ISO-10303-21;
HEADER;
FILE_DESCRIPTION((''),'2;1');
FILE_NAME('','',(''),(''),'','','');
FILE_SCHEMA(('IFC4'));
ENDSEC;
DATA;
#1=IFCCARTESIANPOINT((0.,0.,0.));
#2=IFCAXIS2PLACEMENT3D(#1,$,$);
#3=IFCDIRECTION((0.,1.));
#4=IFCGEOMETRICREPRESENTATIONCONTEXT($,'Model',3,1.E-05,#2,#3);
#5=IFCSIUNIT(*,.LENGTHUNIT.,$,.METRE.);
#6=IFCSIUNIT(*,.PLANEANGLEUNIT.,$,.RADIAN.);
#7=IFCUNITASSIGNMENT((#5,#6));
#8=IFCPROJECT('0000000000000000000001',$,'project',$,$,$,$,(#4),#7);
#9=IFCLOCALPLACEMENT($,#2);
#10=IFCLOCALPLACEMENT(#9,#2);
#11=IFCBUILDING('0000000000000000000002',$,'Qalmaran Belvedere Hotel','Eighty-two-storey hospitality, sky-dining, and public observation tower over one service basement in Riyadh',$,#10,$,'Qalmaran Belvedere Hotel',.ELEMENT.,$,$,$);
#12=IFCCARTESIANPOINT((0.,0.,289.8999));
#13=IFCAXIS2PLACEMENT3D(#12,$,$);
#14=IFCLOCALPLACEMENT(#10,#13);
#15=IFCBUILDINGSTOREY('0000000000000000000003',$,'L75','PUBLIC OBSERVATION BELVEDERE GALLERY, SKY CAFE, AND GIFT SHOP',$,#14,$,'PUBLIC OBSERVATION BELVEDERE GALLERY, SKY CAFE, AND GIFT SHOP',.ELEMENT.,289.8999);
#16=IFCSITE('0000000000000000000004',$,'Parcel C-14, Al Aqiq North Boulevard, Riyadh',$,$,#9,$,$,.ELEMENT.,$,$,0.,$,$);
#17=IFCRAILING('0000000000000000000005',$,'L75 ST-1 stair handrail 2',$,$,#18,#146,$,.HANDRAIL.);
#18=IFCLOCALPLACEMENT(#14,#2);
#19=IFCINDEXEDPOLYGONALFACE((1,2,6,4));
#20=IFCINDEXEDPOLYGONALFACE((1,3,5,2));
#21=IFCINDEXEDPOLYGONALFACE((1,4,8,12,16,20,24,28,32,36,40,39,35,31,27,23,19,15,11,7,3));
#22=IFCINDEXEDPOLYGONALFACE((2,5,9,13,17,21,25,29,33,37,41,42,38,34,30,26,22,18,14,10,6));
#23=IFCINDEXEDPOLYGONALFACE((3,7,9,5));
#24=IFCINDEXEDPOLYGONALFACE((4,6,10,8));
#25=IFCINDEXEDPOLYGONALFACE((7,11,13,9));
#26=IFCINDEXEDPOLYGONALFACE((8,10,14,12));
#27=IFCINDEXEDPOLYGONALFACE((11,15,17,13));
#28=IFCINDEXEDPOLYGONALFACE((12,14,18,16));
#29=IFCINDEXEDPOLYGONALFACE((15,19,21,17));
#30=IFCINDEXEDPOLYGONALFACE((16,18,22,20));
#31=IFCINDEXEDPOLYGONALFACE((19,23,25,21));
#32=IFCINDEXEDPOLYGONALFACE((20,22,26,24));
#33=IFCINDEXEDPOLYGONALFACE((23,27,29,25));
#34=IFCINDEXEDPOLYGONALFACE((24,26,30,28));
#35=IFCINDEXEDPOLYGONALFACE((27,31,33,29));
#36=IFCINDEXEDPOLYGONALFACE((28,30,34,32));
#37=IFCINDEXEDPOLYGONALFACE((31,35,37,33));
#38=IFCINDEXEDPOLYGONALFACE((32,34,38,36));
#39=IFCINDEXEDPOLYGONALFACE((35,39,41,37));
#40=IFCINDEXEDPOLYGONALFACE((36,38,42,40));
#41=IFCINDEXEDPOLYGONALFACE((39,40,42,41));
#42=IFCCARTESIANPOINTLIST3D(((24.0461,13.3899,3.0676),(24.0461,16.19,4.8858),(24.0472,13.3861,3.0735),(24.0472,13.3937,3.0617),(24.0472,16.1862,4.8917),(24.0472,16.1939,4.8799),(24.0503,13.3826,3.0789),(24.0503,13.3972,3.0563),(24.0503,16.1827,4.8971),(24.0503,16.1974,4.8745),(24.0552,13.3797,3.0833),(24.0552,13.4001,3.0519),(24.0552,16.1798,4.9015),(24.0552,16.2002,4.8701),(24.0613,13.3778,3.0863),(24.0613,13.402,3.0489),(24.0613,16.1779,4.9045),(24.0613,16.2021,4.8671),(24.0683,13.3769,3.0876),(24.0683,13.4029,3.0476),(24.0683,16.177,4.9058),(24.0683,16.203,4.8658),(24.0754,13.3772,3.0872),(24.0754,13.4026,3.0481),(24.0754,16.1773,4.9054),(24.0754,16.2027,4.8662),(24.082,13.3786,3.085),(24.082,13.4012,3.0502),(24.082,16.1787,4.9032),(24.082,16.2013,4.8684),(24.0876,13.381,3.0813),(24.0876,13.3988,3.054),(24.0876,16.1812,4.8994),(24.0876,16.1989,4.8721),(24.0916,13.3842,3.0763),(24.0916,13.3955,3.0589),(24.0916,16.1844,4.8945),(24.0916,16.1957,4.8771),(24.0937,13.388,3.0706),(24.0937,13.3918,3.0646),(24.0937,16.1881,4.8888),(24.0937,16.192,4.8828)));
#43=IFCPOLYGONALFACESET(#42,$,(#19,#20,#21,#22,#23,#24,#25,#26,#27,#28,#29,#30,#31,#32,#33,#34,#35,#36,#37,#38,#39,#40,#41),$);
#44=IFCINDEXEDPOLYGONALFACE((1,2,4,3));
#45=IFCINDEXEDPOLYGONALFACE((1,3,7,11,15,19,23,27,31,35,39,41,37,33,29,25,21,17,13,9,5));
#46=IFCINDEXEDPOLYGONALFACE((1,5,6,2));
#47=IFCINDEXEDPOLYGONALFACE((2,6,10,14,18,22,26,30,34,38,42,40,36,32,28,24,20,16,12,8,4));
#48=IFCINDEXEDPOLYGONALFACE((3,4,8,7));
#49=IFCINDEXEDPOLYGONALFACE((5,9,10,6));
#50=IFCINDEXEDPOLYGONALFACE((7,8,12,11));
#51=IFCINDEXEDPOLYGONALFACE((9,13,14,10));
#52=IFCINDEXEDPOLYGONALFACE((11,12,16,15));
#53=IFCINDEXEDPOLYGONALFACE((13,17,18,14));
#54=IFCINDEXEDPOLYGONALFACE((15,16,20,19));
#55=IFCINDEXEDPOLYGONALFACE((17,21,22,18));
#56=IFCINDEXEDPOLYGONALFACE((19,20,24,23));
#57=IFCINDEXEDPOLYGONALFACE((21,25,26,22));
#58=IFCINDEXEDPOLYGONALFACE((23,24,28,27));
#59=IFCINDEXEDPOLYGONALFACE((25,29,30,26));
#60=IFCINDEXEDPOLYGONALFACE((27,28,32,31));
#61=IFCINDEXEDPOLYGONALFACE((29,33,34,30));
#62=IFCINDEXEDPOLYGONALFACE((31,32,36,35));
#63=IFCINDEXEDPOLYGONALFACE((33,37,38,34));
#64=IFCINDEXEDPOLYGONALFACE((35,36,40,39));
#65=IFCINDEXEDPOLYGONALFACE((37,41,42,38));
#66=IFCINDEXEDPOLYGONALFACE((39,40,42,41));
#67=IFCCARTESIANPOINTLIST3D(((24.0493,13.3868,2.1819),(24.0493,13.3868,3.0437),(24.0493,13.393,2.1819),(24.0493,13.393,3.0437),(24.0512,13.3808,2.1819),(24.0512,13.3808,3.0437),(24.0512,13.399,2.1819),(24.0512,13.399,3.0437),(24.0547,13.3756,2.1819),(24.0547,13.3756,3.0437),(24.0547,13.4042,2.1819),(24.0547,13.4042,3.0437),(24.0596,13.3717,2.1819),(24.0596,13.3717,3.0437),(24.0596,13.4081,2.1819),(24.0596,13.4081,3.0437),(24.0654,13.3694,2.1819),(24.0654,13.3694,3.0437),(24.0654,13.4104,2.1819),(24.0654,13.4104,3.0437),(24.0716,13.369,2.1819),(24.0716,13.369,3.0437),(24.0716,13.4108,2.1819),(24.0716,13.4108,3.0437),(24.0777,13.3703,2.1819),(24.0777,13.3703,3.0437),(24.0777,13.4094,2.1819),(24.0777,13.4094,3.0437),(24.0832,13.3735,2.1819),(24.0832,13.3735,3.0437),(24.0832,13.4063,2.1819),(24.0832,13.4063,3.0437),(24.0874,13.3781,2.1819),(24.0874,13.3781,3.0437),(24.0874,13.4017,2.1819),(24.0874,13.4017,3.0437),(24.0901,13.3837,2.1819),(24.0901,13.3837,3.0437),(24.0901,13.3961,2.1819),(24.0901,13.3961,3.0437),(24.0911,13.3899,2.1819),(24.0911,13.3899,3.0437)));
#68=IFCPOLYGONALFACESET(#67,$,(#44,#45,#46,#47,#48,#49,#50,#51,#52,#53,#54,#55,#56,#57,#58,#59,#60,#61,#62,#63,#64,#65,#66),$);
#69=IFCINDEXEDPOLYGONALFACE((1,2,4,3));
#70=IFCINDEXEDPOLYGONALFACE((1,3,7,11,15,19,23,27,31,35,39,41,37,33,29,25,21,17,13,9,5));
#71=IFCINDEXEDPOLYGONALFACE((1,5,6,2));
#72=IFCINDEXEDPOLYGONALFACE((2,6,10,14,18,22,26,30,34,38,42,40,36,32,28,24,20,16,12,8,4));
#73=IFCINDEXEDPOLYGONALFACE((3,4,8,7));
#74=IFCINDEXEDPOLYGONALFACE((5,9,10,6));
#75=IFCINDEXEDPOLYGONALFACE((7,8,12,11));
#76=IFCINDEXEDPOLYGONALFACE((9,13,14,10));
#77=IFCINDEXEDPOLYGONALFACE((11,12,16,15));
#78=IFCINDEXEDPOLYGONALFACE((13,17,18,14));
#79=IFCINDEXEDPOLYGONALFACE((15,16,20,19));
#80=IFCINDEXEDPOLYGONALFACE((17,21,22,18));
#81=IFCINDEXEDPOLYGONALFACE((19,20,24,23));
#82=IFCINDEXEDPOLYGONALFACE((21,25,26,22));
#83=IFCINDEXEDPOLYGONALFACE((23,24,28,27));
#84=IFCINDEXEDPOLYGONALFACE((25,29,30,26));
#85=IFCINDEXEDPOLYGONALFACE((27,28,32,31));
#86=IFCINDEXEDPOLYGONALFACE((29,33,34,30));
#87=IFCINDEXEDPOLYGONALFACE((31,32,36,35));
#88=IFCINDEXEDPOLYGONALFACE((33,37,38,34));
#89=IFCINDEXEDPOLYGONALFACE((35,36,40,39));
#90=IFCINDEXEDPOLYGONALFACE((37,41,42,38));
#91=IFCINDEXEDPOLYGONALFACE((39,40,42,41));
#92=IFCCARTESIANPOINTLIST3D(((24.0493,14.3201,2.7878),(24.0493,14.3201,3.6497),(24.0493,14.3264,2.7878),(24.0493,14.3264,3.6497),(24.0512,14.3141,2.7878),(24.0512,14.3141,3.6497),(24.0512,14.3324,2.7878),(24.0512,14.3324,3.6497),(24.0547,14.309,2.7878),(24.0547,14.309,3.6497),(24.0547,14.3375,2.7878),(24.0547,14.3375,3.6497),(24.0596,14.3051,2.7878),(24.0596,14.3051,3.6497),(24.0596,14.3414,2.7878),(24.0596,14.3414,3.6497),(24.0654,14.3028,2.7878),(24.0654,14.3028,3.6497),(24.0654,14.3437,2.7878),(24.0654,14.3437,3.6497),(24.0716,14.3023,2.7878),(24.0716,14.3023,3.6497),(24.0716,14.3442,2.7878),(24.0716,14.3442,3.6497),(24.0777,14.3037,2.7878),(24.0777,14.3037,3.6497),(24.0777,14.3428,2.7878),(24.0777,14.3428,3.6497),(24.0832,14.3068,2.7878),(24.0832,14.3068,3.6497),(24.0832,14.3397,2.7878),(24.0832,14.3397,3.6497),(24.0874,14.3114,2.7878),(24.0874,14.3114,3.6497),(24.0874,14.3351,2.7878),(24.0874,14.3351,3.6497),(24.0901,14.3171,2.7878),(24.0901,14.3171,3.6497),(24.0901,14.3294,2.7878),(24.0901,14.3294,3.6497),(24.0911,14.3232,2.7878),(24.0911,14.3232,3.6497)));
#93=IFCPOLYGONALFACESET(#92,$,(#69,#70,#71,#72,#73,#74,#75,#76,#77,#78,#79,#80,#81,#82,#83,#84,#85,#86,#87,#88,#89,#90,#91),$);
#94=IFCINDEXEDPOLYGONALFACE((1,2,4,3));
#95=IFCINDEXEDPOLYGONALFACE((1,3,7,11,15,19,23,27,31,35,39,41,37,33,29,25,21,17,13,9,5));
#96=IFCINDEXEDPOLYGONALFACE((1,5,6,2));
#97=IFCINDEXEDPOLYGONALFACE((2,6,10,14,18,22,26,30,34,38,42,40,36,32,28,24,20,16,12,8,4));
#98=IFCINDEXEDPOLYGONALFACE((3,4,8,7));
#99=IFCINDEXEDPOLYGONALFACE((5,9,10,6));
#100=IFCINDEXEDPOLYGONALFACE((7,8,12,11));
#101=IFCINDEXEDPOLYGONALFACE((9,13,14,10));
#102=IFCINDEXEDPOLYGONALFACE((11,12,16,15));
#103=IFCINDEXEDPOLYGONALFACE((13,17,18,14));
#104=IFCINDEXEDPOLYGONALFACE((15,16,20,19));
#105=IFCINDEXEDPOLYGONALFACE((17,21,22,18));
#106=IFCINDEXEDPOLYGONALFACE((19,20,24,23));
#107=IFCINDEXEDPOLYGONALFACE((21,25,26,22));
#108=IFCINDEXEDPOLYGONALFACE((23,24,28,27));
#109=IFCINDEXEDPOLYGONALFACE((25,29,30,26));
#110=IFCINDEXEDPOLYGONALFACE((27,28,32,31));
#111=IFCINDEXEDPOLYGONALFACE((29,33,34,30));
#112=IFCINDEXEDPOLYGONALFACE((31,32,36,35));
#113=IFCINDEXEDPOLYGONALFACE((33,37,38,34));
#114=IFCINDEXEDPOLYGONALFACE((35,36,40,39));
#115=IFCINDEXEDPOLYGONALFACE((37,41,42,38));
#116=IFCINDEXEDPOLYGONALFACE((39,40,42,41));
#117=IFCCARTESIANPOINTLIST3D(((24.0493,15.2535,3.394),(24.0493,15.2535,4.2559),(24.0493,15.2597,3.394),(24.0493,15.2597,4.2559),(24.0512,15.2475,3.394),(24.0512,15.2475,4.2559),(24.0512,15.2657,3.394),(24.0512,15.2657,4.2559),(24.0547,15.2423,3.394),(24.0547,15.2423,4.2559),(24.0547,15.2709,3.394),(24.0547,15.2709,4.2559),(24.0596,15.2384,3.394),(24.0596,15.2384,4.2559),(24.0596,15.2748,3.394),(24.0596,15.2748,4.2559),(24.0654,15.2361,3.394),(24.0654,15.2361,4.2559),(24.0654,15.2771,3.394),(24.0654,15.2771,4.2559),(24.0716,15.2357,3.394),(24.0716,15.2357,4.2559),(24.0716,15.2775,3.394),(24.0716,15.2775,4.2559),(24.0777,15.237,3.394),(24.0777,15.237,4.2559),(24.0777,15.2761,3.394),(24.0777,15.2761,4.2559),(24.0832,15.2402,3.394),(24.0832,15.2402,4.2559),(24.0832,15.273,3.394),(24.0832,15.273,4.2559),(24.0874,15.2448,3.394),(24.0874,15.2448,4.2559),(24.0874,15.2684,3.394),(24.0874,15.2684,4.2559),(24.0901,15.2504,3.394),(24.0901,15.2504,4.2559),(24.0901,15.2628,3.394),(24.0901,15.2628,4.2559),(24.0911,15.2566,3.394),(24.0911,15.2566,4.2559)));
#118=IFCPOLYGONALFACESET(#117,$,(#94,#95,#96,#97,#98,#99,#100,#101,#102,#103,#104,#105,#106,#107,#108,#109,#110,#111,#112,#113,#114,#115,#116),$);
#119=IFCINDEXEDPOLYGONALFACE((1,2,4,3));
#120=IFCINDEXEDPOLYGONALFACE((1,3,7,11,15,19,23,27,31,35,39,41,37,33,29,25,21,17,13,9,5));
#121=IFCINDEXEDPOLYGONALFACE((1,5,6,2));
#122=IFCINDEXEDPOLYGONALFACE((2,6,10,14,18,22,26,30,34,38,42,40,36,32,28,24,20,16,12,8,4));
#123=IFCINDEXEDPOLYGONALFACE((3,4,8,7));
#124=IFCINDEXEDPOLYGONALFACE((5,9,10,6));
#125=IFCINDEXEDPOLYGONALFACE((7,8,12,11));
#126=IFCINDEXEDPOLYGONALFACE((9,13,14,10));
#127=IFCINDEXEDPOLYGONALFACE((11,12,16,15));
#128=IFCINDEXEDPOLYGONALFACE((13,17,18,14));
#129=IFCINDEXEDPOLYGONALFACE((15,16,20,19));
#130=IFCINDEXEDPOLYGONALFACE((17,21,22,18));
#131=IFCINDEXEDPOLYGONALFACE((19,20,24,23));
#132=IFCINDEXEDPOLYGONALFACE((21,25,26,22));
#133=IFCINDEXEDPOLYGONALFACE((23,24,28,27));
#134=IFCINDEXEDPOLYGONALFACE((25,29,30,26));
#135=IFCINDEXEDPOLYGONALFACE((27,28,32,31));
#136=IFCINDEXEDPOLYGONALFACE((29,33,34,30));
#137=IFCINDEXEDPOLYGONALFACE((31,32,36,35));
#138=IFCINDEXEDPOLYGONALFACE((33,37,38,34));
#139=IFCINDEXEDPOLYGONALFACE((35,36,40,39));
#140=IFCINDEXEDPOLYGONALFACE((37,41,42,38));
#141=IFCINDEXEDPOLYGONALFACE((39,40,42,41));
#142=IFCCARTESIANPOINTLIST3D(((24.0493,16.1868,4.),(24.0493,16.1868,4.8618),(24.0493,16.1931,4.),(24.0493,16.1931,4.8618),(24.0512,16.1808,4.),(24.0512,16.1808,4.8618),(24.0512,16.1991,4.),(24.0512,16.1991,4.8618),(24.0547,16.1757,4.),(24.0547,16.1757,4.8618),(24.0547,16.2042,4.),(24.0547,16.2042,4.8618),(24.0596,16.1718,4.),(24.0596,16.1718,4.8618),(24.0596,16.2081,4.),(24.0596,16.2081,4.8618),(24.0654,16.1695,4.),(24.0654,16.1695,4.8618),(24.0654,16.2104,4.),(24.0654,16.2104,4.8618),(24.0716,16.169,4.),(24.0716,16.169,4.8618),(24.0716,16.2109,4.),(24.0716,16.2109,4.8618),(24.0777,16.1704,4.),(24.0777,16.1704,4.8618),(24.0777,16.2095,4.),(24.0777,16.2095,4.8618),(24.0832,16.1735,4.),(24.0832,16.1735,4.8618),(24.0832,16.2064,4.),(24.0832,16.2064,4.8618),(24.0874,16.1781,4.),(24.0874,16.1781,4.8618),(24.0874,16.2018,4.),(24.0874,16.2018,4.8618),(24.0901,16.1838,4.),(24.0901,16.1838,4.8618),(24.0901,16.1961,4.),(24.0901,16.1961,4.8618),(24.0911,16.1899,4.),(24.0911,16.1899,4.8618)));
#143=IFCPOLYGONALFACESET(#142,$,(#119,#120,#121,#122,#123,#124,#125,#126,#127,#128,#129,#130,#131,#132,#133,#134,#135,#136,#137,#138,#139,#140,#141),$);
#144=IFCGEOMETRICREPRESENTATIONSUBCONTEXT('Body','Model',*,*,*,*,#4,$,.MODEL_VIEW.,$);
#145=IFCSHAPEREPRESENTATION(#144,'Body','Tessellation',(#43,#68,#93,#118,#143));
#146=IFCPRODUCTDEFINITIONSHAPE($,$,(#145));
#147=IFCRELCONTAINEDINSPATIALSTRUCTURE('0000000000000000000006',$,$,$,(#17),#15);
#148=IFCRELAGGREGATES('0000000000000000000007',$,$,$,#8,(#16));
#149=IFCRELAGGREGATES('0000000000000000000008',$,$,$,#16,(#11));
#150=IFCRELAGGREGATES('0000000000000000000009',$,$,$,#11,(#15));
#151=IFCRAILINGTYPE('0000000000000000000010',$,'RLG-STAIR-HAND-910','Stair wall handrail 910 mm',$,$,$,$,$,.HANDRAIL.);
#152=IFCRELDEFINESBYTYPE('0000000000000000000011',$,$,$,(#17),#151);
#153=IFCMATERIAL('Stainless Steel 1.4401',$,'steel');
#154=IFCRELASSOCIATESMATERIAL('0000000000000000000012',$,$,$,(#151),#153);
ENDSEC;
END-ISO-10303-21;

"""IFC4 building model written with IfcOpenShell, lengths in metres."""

from ifc_helpers import new_model, si_unit, direction, frame, origin, origin_2d, place, context, subcontext, project, spatial, circle, extrude, material, type_object, element, save


model = new_model("IFC4")

# Units and contexts
model_context = context("Model", 3, precision=1e-05, world=origin(), true_north=direction((0.0, 1.0)))
body_context = subcontext(model_context, "Body", "Model", "MODEL_VIEW")
ifc_project = project(units=[si_unit("LENGTHUNIT", "METRE"), si_unit("PLANEANGLEUNIT", "RADIAN")], contexts=[model_context])

# Site, building, storey
site_placement = place(None, origin())
site = spatial("IfcSite", under=ifc_project, at=site_placement, Name="Parcel C-14, Al Aqiq North Boulevard, Riyadh", CompositionType="ELEMENT", RefElevation=0.0)
building_placement = place(site_placement, origin())
building = spatial("IfcBuilding", under=site, at=building_placement, Name="Qalmaran Belvedere Hotel", Description="Eighty-two-storey hospitality, sky-dining, and public observation tower over one service basement in Riyadh", LongName="Qalmaran Belvedere Hotel", CompositionType="ELEMENT")
storey_placement = place(building_placement, frame((0.0, 0.0, 289.8999)))
storey = spatial("IfcBuildingStorey", under=building, at=storey_placement, Name="L75", Description="PUBLIC OBSERVATION BELVEDERE GALLERY, SKY CAFE, AND GIFT SHOP", LongName="PUBLIC OBSERVATION BELVEDERE GALLERY, SKY CAFE, AND GIFT SHOP", CompositionType="ELEMENT", Elevation=289.8999)

# Shared definitions
ifc_material_1 = material(Name="Stainless Steel 1.4401", Category="steel")

# Railing
railing_type = type_object("IfcRailingType", Name="RLG-STAIR-HAND-910", Description="Stair wall handrail 910 mm", PredefinedType="HANDRAIL", material=ifc_material_1)
railing_1_placement = place(storey_placement, frame((24.0701, 13.3899, 2.1819)))
element("IfcRailing", 1, at=railing_1_placement, inside=storey, type_object=railing_type, Name="L75 ST-1 stair handrail 2", PredefinedType="HANDRAIL", context=body_context, shape_type="SweptSolid", body=[
    extrude(circle(Radius=0.0239, at=origin_2d()), frame((0.0, 0.0, 0.8857), z_axis=(0.0, 0.838706, 0.544585), x_axis=(-1.0, 0.0, 0.0)), (0.0, 0.0, 1.0), 3.3386),
    extrude(circle(Radius=0.021, at=origin_2d()), origin(), (0.0, 0.0, 1.0), 0.8618),
    extrude(circle(Radius=0.021, at=origin_2d()), frame((0.0, 0.9333, 0.606)), (0.0, 0.0, 1.0), 0.8618),
    extrude(circle(Radius=0.021, at=origin_2d()), frame((0.0, 1.8667, 1.2122)), (0.0, 0.0, 1.0), 0.8618),
    extrude(circle(Radius=0.021, at=origin_2d()), frame((0.0, 2.8, 1.8181)), (0.0, 0.0, 1.0), 0.8618),
])

save(model, "model.ifc")
